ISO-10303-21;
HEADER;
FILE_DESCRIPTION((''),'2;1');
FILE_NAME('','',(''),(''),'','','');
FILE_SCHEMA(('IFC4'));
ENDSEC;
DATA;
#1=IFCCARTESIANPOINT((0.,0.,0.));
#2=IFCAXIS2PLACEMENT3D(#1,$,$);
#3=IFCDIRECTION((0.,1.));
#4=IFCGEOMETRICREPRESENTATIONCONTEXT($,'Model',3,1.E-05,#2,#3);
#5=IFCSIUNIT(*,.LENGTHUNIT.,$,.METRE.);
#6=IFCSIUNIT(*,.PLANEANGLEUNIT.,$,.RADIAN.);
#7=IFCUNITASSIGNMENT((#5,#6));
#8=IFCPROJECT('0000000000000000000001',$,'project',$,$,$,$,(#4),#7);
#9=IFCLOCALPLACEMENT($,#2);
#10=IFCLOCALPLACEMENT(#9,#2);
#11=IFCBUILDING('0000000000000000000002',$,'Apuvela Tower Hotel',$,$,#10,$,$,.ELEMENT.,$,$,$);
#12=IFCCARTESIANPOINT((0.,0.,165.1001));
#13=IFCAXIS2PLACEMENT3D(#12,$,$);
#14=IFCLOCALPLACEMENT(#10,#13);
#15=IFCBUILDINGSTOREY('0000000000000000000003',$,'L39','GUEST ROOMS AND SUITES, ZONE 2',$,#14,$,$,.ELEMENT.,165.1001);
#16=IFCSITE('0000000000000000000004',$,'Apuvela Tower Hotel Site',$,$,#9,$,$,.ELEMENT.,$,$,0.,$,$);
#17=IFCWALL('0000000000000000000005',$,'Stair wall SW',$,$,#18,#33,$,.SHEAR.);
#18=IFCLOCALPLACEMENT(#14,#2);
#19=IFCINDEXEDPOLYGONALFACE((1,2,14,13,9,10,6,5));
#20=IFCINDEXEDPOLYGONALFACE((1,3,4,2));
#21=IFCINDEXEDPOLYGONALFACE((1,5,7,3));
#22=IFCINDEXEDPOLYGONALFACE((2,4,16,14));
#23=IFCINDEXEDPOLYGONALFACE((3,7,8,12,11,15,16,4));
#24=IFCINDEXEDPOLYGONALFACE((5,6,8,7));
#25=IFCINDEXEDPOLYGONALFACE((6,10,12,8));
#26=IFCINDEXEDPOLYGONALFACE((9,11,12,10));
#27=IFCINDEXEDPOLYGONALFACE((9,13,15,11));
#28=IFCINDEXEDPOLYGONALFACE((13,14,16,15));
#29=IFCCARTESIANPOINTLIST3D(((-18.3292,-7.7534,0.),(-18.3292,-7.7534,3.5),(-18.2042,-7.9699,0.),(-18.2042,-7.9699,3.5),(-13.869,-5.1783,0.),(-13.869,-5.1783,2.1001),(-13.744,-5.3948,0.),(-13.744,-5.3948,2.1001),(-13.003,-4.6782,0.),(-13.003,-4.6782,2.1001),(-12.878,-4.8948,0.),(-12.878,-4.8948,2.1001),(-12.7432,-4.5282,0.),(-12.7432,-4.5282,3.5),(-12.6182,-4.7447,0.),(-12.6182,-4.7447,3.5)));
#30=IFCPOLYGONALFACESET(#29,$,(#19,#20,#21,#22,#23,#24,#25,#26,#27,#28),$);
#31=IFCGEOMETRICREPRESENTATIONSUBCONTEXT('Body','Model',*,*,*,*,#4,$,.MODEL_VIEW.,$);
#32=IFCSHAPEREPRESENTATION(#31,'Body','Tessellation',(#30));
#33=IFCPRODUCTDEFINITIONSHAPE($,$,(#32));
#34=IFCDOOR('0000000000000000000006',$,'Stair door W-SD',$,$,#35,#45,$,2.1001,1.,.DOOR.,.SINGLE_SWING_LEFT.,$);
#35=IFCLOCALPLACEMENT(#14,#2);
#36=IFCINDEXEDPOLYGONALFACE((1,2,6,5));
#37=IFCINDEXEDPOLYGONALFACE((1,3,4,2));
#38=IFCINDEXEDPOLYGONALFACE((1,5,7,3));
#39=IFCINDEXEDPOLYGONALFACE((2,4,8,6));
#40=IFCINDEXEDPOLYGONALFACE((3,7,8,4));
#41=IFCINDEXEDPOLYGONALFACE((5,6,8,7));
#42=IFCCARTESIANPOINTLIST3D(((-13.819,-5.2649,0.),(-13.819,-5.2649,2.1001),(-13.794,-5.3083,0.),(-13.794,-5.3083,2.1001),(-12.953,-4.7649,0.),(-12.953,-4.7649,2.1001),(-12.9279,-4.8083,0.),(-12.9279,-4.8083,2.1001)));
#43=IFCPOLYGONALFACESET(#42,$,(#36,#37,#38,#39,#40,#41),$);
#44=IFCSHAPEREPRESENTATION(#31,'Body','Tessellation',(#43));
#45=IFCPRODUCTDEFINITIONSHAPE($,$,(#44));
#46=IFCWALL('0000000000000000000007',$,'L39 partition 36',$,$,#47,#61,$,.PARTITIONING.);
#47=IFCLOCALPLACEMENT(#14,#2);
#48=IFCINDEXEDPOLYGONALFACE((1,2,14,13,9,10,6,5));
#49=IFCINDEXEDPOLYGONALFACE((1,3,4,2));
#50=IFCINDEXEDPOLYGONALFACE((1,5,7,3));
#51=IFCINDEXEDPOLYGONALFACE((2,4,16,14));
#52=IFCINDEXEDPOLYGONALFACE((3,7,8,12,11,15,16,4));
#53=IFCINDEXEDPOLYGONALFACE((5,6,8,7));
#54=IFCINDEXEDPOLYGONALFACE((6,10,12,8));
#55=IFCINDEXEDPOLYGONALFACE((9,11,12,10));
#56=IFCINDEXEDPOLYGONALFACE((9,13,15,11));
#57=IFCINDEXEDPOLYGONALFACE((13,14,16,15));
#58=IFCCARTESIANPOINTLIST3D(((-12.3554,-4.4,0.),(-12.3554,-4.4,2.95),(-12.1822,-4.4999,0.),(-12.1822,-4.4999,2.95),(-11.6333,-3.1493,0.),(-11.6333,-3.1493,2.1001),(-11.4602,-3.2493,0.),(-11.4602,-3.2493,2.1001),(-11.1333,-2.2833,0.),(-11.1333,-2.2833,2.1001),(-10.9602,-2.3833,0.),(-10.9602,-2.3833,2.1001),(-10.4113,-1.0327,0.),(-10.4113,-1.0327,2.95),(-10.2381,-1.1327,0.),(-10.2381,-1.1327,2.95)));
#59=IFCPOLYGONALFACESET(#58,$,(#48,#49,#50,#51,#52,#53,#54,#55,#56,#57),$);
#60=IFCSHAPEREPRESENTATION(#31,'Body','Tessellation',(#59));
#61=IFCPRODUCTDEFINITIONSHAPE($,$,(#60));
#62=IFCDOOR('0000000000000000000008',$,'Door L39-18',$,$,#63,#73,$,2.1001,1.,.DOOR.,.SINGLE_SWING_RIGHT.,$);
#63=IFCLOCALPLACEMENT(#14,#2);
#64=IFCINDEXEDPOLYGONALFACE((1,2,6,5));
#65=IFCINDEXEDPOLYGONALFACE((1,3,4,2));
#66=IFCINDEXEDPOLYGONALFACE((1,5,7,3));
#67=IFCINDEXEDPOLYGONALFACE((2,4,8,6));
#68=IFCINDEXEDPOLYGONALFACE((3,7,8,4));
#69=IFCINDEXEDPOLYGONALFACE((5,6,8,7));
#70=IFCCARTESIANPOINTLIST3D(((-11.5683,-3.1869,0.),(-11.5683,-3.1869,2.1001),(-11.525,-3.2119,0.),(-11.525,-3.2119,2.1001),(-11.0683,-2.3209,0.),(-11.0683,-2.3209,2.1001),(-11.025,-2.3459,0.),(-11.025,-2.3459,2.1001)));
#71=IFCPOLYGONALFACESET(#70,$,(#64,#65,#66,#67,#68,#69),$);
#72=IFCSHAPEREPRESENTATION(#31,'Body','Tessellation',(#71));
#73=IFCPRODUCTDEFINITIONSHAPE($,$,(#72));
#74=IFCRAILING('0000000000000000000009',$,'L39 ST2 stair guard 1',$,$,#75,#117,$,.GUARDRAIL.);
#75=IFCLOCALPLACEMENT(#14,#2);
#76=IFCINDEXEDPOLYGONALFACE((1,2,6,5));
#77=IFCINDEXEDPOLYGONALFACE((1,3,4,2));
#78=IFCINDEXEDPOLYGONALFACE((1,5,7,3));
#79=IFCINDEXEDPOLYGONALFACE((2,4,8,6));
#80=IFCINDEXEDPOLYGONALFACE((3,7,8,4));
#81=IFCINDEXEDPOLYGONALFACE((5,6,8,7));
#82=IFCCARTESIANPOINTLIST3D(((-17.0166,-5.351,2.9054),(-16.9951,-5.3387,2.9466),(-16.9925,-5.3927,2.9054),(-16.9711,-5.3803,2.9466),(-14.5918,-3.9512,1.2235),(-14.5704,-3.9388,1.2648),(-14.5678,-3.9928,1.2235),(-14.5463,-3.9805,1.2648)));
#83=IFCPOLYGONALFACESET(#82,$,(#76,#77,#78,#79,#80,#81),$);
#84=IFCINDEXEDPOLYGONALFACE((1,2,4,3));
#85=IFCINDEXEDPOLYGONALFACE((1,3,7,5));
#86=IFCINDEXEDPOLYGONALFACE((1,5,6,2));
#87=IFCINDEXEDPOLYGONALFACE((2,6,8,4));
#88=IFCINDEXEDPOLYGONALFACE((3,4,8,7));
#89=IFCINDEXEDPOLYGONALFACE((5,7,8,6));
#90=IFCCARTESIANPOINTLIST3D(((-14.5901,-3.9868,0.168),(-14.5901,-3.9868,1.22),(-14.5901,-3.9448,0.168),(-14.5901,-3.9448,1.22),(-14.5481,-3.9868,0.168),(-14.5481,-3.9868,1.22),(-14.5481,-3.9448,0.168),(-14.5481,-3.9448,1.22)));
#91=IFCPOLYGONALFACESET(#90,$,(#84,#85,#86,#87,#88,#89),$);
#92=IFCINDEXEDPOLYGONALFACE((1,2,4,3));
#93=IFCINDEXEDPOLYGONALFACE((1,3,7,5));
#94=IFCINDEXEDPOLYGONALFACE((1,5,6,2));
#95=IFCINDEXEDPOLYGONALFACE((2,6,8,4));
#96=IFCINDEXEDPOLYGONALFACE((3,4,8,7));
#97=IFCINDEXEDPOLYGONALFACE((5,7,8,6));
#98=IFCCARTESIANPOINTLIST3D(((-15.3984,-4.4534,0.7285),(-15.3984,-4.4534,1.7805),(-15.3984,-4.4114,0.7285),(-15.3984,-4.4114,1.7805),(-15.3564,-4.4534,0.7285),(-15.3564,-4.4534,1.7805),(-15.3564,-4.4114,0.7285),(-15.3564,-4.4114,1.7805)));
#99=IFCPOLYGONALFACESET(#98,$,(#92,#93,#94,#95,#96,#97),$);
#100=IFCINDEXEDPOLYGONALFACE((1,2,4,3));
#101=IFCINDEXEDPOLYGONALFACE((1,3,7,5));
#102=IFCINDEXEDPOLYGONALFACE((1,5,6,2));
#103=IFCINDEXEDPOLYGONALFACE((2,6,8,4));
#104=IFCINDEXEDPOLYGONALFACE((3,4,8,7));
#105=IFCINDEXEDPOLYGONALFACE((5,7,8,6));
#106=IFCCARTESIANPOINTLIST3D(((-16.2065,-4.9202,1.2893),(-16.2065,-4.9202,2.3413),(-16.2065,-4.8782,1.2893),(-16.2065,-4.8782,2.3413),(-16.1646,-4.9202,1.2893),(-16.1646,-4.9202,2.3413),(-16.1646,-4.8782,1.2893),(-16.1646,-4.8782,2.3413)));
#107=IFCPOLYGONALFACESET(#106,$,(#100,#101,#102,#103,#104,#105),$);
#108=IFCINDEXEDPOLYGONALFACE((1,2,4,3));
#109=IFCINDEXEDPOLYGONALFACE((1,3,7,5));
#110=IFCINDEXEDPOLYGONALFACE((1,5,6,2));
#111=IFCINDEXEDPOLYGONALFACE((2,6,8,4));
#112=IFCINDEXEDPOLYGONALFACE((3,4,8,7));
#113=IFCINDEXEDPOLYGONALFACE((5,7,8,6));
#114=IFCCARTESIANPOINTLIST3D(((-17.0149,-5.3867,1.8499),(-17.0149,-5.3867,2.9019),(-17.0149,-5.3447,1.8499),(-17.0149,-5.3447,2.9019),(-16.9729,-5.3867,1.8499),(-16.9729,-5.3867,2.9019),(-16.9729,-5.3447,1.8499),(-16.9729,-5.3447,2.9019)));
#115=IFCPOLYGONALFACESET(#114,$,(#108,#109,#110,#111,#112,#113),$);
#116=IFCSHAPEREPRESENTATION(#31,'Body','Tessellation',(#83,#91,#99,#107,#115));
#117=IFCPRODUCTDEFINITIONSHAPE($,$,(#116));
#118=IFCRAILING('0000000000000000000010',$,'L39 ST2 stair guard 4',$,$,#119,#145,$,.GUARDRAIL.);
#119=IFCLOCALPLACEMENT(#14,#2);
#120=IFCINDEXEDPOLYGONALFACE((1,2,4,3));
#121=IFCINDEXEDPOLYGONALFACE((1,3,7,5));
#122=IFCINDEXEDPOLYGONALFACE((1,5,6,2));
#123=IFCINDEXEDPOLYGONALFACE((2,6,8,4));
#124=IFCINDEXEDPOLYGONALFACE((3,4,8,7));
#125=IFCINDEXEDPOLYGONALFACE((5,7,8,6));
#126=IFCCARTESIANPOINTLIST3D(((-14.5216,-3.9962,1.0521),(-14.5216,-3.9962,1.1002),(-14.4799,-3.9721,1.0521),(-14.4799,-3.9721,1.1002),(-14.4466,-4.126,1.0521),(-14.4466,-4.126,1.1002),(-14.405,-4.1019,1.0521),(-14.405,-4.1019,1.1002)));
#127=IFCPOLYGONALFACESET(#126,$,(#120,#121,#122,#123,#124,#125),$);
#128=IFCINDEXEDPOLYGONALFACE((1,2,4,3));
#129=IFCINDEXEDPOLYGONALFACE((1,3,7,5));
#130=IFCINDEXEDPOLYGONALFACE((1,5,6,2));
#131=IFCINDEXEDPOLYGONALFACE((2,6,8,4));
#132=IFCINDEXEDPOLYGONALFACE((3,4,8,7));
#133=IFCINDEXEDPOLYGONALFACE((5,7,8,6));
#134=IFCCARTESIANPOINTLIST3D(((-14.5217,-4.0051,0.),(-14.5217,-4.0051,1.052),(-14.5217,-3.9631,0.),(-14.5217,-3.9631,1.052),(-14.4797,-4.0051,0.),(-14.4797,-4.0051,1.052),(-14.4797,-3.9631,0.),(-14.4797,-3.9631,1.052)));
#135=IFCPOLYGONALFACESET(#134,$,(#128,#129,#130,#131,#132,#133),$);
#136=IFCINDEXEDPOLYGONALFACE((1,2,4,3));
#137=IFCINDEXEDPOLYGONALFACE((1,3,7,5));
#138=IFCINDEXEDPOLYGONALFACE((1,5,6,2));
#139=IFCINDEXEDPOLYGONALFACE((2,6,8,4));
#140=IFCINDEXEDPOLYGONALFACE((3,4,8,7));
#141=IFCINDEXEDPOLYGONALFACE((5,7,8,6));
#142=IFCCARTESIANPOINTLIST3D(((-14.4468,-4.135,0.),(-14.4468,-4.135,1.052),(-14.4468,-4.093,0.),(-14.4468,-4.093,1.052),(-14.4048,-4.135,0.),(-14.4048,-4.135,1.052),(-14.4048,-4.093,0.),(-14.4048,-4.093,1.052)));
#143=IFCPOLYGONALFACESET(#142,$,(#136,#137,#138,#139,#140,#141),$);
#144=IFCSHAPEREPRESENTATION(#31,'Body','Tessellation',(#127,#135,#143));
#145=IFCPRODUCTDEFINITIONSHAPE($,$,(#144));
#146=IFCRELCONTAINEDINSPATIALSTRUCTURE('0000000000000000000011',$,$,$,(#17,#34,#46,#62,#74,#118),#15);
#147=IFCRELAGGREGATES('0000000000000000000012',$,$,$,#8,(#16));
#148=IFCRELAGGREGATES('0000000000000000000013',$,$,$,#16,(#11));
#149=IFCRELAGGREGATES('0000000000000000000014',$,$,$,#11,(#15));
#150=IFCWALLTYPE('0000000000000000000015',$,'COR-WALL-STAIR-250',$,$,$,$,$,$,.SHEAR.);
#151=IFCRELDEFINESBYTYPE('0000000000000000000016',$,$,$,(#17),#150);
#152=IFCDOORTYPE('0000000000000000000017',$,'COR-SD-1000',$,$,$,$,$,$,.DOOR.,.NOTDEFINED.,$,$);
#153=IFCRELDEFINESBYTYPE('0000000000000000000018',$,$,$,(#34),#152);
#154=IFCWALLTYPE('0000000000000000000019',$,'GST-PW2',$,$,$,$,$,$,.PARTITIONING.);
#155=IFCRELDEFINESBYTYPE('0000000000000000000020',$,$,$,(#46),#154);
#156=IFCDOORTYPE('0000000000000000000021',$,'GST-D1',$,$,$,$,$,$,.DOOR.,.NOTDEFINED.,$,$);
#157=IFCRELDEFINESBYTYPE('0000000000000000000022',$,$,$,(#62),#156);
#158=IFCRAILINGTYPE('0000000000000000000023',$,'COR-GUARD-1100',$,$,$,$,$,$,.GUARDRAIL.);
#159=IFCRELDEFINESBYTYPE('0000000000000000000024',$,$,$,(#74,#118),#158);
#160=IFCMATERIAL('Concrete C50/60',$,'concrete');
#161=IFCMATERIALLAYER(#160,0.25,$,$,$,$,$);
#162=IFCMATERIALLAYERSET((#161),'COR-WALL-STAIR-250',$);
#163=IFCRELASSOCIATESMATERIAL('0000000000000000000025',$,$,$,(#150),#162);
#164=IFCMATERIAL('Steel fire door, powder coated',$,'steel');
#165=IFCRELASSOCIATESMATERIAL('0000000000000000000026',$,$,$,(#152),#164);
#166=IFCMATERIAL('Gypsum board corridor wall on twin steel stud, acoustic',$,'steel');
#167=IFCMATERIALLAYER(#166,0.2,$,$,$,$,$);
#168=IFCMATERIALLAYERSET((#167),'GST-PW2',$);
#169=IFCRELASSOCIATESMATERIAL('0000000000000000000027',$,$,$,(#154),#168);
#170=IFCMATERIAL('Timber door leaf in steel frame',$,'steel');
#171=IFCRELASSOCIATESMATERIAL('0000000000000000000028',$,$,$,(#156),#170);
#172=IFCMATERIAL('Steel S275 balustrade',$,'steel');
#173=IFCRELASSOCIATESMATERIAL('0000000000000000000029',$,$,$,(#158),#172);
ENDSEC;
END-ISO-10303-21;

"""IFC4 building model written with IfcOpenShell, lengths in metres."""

from ifc_helpers import new_model, si_unit, direction, frame, frame_2d, origin, origin_2d, place, context, subcontext, project, spatial, rectangle, extrude, material, layer, layer_set, type_object, element, fill, save


model = new_model("IFC4")

# Units and contexts
model_context = context("Model", 3, precision=1e-05, world=origin(), true_north=direction((0.0, 1.0)))
body_context = subcontext(model_context, "Body", "Model", "MODEL_VIEW")
ifc_project = project(units=[si_unit("LENGTHUNIT", "METRE"), si_unit("PLANEANGLEUNIT", "RADIAN")], contexts=[model_context])

# Site, building, storey
site_placement = place(None, origin())
site = spatial("IfcSite", under=ifc_project, at=site_placement, Name="Apuvela Tower Hotel Site", CompositionType="ELEMENT", RefElevation=0.0)
building_placement = place(site_placement, origin())
building = spatial("IfcBuilding", under=site, at=building_placement, Name="Apuvela Tower Hotel", CompositionType="ELEMENT")
storey_placement = place(building_placement, frame((0.0, 0.0, 165.1001)))
storey = spatial("IfcBuildingStorey", under=building, at=storey_placement, Name="L39", Description="GUEST ROOMS AND SUITES, ZONE 2", CompositionType="ELEMENT", Elevation=165.1001)

# Shared definitions
ifc_material_1 = material(Name="Concrete C50/60", Category="concrete")

# Walls, openings, doors
ifc_layer_1 = layer(ifc_material_1, 0.25)
ifc_layer_set_1 = layer_set([ifc_layer_1], Name="COR-WALL-STAIR-250")
wall_type_1 = type_object("IfcWallType", Name="COR-WALL-STAIR-250", PredefinedType="SHEAR", material=ifc_layer_set_1)
wall_1_placement = place(storey_placement, frame((-12.6807, -4.6365, 0.0), z_axis=(0.0, 0.0, 1.0), x_axis=(-0.866022, -0.500006, 0.0)))
wall_1 = element("IfcWall", 1, at=wall_1_placement, inside=storey, type_object=wall_type_1, Name="Stair wall SW", PredefinedType="SHEAR", context=body_context, shape_type="SweptSolid", body=[
    extrude(rectangle(XDim=6.4502, YDim=0.25, at=frame_2d((3.2251, 0.0))), origin(), (0.0, 0.0, 1.0), 3.5),
])
opening_1_placement = place(wall_1_placement, frame((0.3, 0.0, 0.0)))
opening_1 = element("IfcOpeningElement", 2, at=opening_1_placement, cuts=wall_1, PredefinedType="OPENING", context=body_context, shape_type="SweptSolid", body=[
    extrude(rectangle(XDim=1.0, YDim=2.1001, at=frame_2d((0.5, 1.05))), frame((0.0, 0.135, 0.0), z_axis=(0.0, -1.0, 0.0), x_axis=(1.0, 0.0, 0.0)), (0.0, 0.0, 1.0), 0.27),
])
ifc_material_2 = material(Name="Steel fire door, powder coated", Category="steel")
door_type_1 = type_object("IfcDoorType", Name="COR-SD-1000", OperationType="NOTDEFINED", PredefinedType="DOOR", material=ifc_material_2)
door_1_placement = place(opening_1_placement, frame((1.0, 0.0, 0.0), z_axis=(0.0, 0.0, 1.0), x_axis=(-1.0, 0.0, 0.0)))
door_1 = element("IfcDoor", 3, at=door_1_placement, inside=storey, type_object=door_type_1, Name="Stair door W-SD", OperationType="SINGLE_SWING_LEFT", OverallHeight=2.1001, OverallWidth=1.0, PredefinedType="DOOR", context=body_context, shape_type="SweptSolid", body=[
    extrude(rectangle(XDim=1.0, YDim=2.1001, at=frame_2d((0.5, 1.05))), frame((0.0, 0.0249, 0.0), z_axis=(0.0, -1.0, 0.0), x_axis=(1.0, 0.0, 0.0)), (0.0, 0.0, 1.0), 0.05),
])
fill(opening_1, door_1)
ifc_material_3 = material(Name="Gypsum board corridor wall on twin steel stud, acoustic", Category="steel")
ifc_layer_2 = layer(ifc_material_3, 0.2)
ifc_layer_set_2 = layer_set([ifc_layer_2], Name="GST-PW2")
wall_type_2 = type_object("IfcWallType", Name="GST-PW2", PredefinedType="PARTITIONING", material=ifc_layer_set_2)
wall_2_placement = place(storey_placement, frame((-12.2688, -4.45, 0.0), z_axis=(0.0, 0.0, 1.0), x_axis=(0.500009, 0.86602, 0.0)))
wall_2 = element("IfcWall", 4, at=wall_2_placement, inside=storey, type_object=wall_type_2, Name="L39 partition 36", PredefinedType="PARTITIONING", context=body_context, shape_type="SweptSolid", body=[
    extrude(rectangle(XDim=3.8882, YDim=0.2, at=frame_2d((1.9441, 0.0))), origin(), (0.0, 0.0, 1.0), 2.95),
])
opening_2_placement = place(wall_2_placement, frame((1.4441, 0.0, 0.0)))
opening_2 = element("IfcOpeningElement", 5, at=opening_2_placement, cuts=wall_2, PredefinedType="OPENING", context=body_context, shape_type="SweptSolid", body=[
    extrude(rectangle(XDim=1.0, YDim=2.1001, at=frame_2d((0.5, 1.05))), frame((0.0, 0.1099, 0.0), z_axis=(0.0, -1.0, 0.0), x_axis=(1.0, 0.0, 0.0)), (0.0, 0.0, 1.0), 0.22),
])
ifc_material_4 = material(Name="Timber door leaf in steel frame", Category="steel")
door_type_2 = type_object("IfcDoorType", Name="GST-D1", OperationType="NOTDEFINED", PredefinedType="DOOR", material=ifc_material_4)
door_2_placement = place(opening_2_placement, origin())
door_2 = element("IfcDoor", 6, at=door_2_placement, inside=storey, type_object=door_type_2, Name="Door L39-18", OperationType="SINGLE_SWING_RIGHT", OverallHeight=2.1001, OverallWidth=1.0, PredefinedType="DOOR", context=body_context, shape_type="SweptSolid", body=[
    extrude(rectangle(XDim=1.0, YDim=2.1001, at=frame_2d((0.5, 1.05))), frame((0.0, 0.0249, 0.0), z_axis=(0.0, -1.0, 0.0), x_axis=(1.0, 0.0, 0.0)), (0.0, 0.0, 1.0), 0.05),
])
fill(opening_2, door_2)

# Railings
ifc_material_5 = material(Name="Steel S275 balustrade", Category="steel")
railing_type = type_object("IfcRailingType", Name="COR-GUARD-1100", PredefinedType="GUARDRAIL", material=ifc_material_5)
railing_1_placement = place(storey_placement, frame((-14.5691, -3.9658, 0.168)))
element("IfcRailing", 7, at=railing_1_placement, inside=storey, type_object=railing_type, Name="L39 ST2 stair guard 1", PredefinedType="GUARDRAIL", context=body_context, shape_type="SweptSolid", body=[
    extrude(rectangle(XDim=0.0481, YDim=0.0481, at=origin_2d()), frame((0.0, 0.0, 1.0762), z_axis=(-0.74239, -0.428601, 0.514934), x_axis=(0.499984, -0.866035, 0.0)), (0.0, 0.0, 1.0), 3.2661),
    extrude(rectangle(XDim=0.042, YDim=0.042, at=origin_2d()), origin(), (0.0, 0.0, 1.0), 1.052),
    extrude(rectangle(XDim=0.042, YDim=0.042, at=origin_2d()), frame((-0.8083, -0.4666, 0.5605)), (0.0, 0.0, 1.0), 1.052),
    extrude(rectangle(XDim=0.042, YDim=0.042, at=origin_2d()), frame((-1.6165, -0.9333, 1.1213)), (0.0, 0.0, 1.0), 1.052),
    extrude(rectangle(XDim=0.042, YDim=0.042, at=origin_2d()), frame((-2.4248, -1.3999, 1.6819)), (0.0, 0.0, 1.0), 1.052),
])
railing_2_placement = place(storey_placement, frame((-14.5007, -3.9841, 0.0)))
element("IfcRailing", 8, at=railing_2_placement, inside=storey, type_object=railing_type, Name="L39 ST2 stair guard 4", PredefinedType="GUARDRAIL", context=body_context, shape_type="SweptSolid", body=[
    extrude(rectangle(XDim=0.0481, YDim=0.0481, at=origin_2d()), frame((0.0, 0.0, 1.0762), z_axis=(0.499816, -0.866131, 0.0), x_axis=(0.866131, 0.499816, 0.0)), (0.0, 0.0, 1.0), 0.1499),
    extrude(rectangle(XDim=0.042, YDim=0.042, at=origin_2d()), origin(), (0.0, 0.0, 1.0), 1.052),
    extrude(rectangle(XDim=0.042, YDim=0.042, at=origin_2d()), frame((0.075, -0.1299, 0.0)), (0.0, 0.0, 1.0), 1.052),
])

save(model, "model.ifc")
